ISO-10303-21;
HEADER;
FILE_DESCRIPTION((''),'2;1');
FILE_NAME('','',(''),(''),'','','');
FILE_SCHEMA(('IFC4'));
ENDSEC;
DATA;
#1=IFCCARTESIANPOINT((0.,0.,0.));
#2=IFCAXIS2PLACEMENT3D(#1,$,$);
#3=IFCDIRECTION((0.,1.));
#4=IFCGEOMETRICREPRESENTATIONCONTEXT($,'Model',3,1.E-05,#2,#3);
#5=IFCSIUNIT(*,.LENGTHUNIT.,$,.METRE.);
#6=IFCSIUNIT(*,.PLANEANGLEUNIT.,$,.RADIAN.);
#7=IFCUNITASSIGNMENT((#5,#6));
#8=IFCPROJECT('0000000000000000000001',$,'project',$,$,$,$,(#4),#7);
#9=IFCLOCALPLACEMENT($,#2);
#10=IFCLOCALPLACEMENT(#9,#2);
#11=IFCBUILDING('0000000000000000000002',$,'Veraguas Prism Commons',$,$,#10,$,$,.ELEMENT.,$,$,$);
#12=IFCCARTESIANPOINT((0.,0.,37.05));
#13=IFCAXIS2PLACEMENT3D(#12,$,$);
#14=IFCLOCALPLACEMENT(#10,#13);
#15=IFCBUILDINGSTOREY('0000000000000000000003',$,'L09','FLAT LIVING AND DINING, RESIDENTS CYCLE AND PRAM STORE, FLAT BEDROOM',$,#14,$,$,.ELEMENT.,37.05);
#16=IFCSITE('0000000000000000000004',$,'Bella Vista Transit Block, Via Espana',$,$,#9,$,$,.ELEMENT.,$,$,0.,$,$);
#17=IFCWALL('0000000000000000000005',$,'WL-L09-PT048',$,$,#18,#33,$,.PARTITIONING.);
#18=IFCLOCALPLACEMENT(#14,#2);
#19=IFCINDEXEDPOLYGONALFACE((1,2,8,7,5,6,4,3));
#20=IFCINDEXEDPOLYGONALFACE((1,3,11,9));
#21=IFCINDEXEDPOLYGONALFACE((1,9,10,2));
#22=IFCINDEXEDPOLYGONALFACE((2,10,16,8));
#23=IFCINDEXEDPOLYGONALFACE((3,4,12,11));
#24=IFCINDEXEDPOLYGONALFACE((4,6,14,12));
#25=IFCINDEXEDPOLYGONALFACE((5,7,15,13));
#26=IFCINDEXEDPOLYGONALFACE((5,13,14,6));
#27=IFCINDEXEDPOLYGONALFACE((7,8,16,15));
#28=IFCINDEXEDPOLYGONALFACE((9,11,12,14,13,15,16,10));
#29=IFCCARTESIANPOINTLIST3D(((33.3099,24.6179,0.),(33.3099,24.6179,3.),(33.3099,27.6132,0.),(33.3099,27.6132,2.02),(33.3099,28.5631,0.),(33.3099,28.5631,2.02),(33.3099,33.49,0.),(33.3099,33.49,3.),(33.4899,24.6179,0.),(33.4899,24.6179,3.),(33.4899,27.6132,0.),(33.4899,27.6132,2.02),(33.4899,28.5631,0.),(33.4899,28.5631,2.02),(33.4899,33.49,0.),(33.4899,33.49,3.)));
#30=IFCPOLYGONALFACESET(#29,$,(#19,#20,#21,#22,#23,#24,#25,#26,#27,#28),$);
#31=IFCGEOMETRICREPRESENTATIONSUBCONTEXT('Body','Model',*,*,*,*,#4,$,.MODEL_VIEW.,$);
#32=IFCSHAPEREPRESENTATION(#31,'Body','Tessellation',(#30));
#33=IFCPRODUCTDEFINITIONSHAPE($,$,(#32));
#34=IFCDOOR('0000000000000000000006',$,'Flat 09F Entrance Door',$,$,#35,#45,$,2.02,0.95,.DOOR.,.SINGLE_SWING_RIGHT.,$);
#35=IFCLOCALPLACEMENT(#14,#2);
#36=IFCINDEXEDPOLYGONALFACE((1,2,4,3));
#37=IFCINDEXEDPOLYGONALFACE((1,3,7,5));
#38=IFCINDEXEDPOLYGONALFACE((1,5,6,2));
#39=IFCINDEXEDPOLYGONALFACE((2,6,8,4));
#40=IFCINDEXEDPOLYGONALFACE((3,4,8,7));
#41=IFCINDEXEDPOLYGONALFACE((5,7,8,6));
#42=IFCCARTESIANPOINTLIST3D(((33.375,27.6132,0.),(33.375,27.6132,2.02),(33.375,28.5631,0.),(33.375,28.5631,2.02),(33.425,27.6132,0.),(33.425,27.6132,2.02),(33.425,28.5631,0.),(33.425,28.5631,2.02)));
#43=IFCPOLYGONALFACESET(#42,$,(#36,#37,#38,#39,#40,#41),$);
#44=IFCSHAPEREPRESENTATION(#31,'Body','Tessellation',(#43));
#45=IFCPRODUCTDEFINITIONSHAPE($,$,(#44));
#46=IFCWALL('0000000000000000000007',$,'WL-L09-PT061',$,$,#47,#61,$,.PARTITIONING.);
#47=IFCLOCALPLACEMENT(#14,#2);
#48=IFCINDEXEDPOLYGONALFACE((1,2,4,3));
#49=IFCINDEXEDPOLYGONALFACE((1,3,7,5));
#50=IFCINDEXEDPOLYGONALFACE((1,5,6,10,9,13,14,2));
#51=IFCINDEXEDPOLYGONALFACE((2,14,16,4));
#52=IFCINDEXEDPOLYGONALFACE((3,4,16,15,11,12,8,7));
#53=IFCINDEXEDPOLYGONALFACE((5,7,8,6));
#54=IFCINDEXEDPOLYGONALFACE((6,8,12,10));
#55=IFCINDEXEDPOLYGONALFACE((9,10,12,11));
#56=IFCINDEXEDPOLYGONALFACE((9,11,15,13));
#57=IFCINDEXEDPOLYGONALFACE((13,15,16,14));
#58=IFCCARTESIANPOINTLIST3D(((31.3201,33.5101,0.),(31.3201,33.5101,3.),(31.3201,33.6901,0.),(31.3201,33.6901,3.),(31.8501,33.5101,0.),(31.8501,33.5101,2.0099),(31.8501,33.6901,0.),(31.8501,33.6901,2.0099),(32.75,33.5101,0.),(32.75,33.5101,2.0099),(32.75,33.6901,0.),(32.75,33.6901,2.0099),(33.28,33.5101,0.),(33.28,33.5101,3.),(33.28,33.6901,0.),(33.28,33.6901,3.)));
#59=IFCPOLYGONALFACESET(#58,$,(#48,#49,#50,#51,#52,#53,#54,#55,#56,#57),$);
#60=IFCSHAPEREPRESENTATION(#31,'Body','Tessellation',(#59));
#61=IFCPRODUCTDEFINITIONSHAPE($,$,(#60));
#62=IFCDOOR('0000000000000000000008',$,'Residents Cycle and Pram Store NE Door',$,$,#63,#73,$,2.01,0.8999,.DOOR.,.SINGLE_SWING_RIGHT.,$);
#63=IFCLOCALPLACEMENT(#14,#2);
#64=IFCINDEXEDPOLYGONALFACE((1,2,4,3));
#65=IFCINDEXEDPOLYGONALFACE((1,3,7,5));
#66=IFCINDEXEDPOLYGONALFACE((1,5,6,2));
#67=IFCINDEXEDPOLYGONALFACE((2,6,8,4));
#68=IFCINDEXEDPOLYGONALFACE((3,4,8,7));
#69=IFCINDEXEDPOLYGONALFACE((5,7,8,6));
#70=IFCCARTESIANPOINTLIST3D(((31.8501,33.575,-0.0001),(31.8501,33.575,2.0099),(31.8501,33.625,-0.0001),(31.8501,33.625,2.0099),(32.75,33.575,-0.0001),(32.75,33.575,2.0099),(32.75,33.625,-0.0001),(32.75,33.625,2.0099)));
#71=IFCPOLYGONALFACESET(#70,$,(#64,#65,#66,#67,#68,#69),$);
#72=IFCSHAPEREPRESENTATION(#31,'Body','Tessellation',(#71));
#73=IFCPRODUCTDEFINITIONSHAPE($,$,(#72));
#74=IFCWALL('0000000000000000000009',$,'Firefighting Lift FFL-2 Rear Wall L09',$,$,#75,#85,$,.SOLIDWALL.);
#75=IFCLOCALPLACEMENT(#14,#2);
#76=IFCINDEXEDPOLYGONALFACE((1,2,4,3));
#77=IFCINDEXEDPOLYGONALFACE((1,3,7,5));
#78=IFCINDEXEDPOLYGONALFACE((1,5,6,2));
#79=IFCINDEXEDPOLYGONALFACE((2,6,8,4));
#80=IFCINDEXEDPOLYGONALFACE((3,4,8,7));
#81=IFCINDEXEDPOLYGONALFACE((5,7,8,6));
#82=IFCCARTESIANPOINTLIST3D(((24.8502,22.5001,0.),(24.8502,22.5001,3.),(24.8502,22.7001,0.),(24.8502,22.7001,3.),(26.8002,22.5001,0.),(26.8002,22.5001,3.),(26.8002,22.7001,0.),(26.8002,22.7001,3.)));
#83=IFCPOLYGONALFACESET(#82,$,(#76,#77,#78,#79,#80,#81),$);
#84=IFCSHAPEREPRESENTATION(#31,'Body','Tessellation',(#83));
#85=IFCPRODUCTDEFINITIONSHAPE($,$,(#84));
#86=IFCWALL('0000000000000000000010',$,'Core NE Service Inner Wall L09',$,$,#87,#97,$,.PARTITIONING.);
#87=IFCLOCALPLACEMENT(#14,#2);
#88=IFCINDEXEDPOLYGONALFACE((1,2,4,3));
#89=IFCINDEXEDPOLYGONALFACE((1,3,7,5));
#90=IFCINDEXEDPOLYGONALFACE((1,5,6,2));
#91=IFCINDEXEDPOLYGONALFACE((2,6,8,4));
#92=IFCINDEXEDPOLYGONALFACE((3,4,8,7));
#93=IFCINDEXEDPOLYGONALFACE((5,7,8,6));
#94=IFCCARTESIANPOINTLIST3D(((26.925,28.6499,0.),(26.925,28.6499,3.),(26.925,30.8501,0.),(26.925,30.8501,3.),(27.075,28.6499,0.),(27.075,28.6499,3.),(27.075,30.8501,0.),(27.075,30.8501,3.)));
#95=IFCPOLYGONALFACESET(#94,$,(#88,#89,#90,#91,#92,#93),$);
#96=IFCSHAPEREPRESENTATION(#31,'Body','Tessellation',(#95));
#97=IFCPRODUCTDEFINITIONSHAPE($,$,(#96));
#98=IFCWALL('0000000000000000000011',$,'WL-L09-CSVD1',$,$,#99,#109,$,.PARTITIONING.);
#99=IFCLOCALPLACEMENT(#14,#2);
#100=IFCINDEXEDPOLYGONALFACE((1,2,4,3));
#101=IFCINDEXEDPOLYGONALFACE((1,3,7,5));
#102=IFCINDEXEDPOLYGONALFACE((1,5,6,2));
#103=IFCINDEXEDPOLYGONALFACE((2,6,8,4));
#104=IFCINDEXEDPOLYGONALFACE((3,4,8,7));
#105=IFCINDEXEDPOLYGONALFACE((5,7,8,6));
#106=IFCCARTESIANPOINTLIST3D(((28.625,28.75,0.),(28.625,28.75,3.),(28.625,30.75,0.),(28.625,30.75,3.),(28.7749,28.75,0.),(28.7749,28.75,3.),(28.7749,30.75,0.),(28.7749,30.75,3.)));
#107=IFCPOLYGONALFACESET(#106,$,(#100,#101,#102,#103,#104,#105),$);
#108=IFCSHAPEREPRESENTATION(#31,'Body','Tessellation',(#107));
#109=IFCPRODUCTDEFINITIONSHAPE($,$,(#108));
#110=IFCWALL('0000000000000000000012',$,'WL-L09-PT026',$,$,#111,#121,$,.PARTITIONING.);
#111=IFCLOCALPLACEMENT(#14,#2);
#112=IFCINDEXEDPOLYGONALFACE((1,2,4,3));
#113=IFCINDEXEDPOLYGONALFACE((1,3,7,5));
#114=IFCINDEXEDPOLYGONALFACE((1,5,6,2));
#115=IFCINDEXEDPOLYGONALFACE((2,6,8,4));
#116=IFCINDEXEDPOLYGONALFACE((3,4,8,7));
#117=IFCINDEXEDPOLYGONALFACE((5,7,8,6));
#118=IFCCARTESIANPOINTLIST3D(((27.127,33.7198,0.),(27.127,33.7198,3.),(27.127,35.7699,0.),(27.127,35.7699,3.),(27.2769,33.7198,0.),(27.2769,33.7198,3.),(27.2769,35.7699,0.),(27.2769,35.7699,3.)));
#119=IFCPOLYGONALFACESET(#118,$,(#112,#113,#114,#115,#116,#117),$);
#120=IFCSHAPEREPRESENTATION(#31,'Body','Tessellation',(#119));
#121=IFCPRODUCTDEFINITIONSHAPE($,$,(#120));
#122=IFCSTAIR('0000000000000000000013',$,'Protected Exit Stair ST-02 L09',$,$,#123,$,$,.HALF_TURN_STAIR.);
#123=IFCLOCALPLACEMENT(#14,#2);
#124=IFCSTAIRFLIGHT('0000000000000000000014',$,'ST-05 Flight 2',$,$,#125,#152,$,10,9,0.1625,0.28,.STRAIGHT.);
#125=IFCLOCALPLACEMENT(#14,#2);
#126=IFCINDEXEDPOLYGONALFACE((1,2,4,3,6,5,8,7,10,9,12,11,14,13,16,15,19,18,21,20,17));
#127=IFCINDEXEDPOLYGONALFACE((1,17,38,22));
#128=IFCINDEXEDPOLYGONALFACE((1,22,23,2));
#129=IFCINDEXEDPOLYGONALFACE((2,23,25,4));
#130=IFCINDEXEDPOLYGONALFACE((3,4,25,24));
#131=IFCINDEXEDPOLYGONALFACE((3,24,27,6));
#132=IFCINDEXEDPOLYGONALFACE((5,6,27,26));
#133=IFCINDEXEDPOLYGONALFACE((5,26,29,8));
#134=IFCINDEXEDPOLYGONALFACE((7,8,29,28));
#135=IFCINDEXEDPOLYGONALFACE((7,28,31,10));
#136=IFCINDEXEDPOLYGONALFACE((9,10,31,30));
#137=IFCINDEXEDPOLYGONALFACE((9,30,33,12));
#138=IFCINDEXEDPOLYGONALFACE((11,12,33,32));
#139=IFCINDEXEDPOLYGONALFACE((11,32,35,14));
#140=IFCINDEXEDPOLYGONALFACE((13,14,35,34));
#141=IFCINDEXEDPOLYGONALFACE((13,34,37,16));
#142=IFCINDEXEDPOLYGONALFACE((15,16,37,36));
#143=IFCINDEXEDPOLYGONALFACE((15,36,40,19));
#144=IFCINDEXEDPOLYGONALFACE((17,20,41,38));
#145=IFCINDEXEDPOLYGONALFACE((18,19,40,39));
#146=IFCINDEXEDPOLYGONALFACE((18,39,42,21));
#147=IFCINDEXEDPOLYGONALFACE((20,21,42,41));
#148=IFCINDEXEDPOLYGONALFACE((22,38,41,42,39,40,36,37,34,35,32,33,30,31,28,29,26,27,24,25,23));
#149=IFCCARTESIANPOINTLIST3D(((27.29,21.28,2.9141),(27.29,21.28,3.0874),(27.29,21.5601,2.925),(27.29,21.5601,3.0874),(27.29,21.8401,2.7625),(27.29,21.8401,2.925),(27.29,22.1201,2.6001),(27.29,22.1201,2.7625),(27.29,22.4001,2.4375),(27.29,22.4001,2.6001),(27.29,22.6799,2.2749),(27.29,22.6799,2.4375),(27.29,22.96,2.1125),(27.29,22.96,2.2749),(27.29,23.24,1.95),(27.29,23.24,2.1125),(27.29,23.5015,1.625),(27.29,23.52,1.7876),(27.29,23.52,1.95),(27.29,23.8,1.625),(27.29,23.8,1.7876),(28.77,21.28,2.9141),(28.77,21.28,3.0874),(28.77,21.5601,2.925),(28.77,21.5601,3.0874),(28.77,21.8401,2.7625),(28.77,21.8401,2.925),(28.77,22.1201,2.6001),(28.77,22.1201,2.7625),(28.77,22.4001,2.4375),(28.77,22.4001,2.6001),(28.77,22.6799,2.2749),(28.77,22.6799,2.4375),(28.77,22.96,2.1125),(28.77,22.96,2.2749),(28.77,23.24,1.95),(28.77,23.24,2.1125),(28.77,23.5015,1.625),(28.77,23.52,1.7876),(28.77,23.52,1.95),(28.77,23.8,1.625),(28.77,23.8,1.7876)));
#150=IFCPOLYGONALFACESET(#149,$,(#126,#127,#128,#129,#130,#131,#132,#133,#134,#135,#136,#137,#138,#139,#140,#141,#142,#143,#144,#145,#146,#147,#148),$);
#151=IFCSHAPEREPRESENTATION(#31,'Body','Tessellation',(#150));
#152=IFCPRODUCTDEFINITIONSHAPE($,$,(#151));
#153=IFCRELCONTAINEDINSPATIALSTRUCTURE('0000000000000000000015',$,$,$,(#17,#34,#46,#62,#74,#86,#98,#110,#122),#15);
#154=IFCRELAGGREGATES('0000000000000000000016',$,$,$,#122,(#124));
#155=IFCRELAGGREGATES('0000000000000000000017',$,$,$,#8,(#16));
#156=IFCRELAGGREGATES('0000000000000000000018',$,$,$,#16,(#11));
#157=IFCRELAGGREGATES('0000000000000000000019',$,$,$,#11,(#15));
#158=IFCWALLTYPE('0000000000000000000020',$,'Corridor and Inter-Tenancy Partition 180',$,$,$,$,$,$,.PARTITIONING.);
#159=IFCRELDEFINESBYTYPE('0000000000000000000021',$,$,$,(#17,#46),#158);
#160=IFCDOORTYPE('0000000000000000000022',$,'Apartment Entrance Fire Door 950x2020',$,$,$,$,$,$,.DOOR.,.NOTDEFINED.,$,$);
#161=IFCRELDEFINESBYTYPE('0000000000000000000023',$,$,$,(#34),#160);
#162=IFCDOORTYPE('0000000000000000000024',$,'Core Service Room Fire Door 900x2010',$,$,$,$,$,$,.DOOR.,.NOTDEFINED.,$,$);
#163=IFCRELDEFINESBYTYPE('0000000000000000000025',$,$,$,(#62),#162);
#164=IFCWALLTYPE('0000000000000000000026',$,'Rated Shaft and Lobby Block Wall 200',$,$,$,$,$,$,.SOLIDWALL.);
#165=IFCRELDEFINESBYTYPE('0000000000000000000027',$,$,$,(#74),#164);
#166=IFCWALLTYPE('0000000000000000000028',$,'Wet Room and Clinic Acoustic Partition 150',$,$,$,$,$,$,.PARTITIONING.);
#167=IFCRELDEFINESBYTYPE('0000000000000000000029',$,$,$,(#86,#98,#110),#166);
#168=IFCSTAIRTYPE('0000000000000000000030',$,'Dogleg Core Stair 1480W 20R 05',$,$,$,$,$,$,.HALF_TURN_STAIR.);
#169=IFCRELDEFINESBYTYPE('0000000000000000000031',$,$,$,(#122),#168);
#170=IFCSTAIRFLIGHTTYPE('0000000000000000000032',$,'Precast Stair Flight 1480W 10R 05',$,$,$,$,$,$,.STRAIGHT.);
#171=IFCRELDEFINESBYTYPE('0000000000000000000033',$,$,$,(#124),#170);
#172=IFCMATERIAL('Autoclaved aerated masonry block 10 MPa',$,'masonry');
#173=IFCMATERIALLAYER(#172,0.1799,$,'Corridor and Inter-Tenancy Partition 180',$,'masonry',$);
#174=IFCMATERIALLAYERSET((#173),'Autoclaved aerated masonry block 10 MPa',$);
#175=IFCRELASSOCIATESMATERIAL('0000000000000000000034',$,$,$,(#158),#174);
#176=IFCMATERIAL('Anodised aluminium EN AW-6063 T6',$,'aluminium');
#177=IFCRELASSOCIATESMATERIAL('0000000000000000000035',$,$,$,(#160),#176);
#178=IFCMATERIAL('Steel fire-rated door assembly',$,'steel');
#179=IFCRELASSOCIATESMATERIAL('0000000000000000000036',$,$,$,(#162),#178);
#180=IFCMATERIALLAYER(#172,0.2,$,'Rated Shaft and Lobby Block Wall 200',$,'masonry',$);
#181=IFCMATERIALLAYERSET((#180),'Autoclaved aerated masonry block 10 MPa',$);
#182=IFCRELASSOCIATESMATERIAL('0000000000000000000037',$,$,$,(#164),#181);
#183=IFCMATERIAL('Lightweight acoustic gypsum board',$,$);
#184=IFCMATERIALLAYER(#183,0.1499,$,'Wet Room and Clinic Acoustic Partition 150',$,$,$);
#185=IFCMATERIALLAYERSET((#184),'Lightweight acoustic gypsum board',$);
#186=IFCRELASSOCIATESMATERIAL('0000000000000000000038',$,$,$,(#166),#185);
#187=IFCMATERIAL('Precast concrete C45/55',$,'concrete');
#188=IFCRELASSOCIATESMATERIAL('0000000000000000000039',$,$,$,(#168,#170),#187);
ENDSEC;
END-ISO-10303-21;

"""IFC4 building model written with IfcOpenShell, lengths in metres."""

from ifc_helpers import new_model, si_unit, direction, frame, frame_2d, origin, place, context, subcontext, project, spatial, polyline, rectangle, outline, extrude, source, transform, mapped, material, layer, layer_set, type_object, element, fill, aggregate, save


model = new_model("IFC4")

# Units and contexts
model_context = context("Model", 3, precision=1e-05, world=origin(), true_north=direction((0.0, 1.0)))
body_context = subcontext(model_context, "Body", "Model", "MODEL_VIEW")
ifc_project = project(units=[si_unit("LENGTHUNIT", "METRE"), si_unit("PLANEANGLEUNIT", "RADIAN")], contexts=[model_context])

# Site, building, storey
site_placement = place(None, origin())
site = spatial("IfcSite", under=ifc_project, at=site_placement, Name="Bella Vista Transit Block, Via Espana", CompositionType="ELEMENT", RefElevation=0.0)
building_placement = place(site_placement, origin())
building = spatial("IfcBuilding", under=site, at=building_placement, Name="Veraguas Prism Commons", CompositionType="ELEMENT")
storey_placement = place(building_placement, frame((0.0, 0.0, 37.05)))
storey = spatial("IfcBuildingStorey", under=building, at=storey_placement, Name="L09", Description="FLAT LIVING AND DINING, RESIDENTS CYCLE AND PRAM STORE, FLAT BEDROOM", CompositionType="ELEMENT", Elevation=37.05)

# Shared definitions
ifc_material_1 = material(Name="Steel fire-rated door assembly", Category="steel")

# Shared definitions
ifc_material_2 = material(Name="Autoclaved aerated masonry block 10 MPa", Category="masonry")
ifc_layer_1 = layer(ifc_material_2, 0.1799, Name="Corridor and Inter-Tenancy Partition 180", Category="masonry")
ifc_layer_set_1 = layer_set([ifc_layer_1], Name="Autoclaved aerated masonry block 10 MPa")
wall_type_1 = type_object("IfcWallType", Name="Corridor and Inter-Tenancy Partition 180", PredefinedType="PARTITIONING", material=ifc_layer_set_1)

# Walls, openings, doors
ifc_material_3 = material(Name="Anodised aluminium EN AW-6063 T6", Category="aluminium")
door_type_1 = type_object("IfcDoorType", Name="Apartment Entrance Fire Door 950x2020", OperationType="NOTDEFINED", PredefinedType="DOOR", material=ifc_material_3)
shared_shape_1 = source(origin(), body_context, "Body", "SweptSolid", [
    extrude(rectangle(XDim=0.95, YDim=2.02, at=frame_2d((0.4751, 1.01))), frame((0.0, 0.0249, 0.0), z_axis=(0.0, -1.0, 0.0), x_axis=(1.0, 0.0, 0.0)), (0.0, 0.0, 1.0), 0.05),
])
wall_1_placement = place(storey_placement, frame((33.3999, 24.6179, 0.0), z_axis=(0.0, 0.0, 1.0), x_axis=(0.0, 1.0, 0.0)))
wall_1 = element("IfcWall", 1, at=wall_1_placement, inside=storey, type_object=wall_type_1, Name="WL-L09-PT048", PredefinedType="PARTITIONING", context=body_context, shape_type="SweptSolid", body=[
    extrude(rectangle(XDim=8.8721, YDim=0.1799, at=frame_2d((4.436, 0.0))), origin(), (0.0, 0.0, 1.0), 3.0),
])
opening_1_placement = place(wall_1_placement, frame((2.9951, 0.0, 0.0)))
opening_1 = element("IfcOpeningElement", 2, at=opening_1_placement, cuts=wall_1, PredefinedType="OPENING", context=body_context, shape_type="SweptSolid", body=[
    extrude(rectangle(XDim=0.95, YDim=2.02, at=frame_2d((0.4751, 1.01))), frame((0.0, 0.0999, 0.0), z_axis=(0.0, -1.0, 0.0), x_axis=(1.0, 0.0, 0.0)), (0.0, 0.0, 1.0), 0.2),
])
door_1_placement = place(opening_1_placement, origin())
door_1 = element("IfcDoor", 3, at=door_1_placement, inside=storey, type_object=door_type_1, Name="Flat 09F Entrance Door", OperationType="SINGLE_SWING_RIGHT", OverallHeight=2.02, OverallWidth=0.95, PredefinedType="DOOR", context=body_context, shape_type="MappedRepresentation", body=[
    mapped(shared_shape_1, transform((0.0, 0.0, 0.0), scale=1.0)),
])
fill(opening_1, door_1)
wall_2_placement = place(storey_placement, frame((31.3201, 33.6001, 0.0), z_axis=(0.0, 0.0, 1.0), x_axis=(1.0, 0.0, 0.0)))
wall_2 = element("IfcWall", 4, at=wall_2_placement, inside=storey, type_object=wall_type_1, Name="WL-L09-PT061", PredefinedType="PARTITIONING", context=body_context, shape_type="SweptSolid", body=[
    extrude(rectangle(XDim=1.96, YDim=0.1799, at=frame_2d((0.98, 0.0))), origin(), (0.0, 0.0, 1.0), 3.0),
])
opening_2_placement = place(wall_2_placement, frame((0.53, 0.0, 0.0)))
opening_2 = element("IfcOpeningElement", 5, at=opening_2_placement, cuts=wall_2, PredefinedType="OPENING", context=body_context, shape_type="SweptSolid", body=[
    extrude(rectangle(XDim=0.8999, YDim=2.01, at=frame_2d((0.45, 1.0049))), frame((0.0, 0.0999, 0.0), z_axis=(0.0, -1.0, 0.0), x_axis=(1.0, 0.0, 0.0)), (0.0, 0.0, 1.0), 0.2),
])
door_type_2 = type_object("IfcDoorType", Name="Core Service Room Fire Door 900x2010", OperationType="NOTDEFINED", PredefinedType="DOOR", material=ifc_material_1)
shared_shape_2 = source(origin(), body_context, "Body", "SweptSolid", [
    extrude(rectangle(XDim=0.8999, YDim=2.01, at=frame_2d((0.45, 1.0049))), frame((0.0, 0.0249, 0.0), z_axis=(0.0, -1.0, 0.0), x_axis=(1.0, 0.0, 0.0)), (0.0, 0.0, 1.0), 0.05),
])
door_2_placement = place(opening_2_placement, origin())
door_2 = element("IfcDoor", 6, at=door_2_placement, inside=storey, type_object=door_type_2, Name="Residents Cycle and Pram Store NE Door", OperationType="SINGLE_SWING_RIGHT", OverallHeight=2.01, OverallWidth=0.8999, PredefinedType="DOOR", context=body_context, shape_type="MappedRepresentation", body=[
    mapped(shared_shape_2, transform((0.0, 0.0, 0.0), scale=1.0)),
])
fill(opening_2, door_2)

# Walls
ifc_layer_2 = layer(ifc_material_2, 0.2, Name="Rated Shaft and Lobby Block Wall 200", Category="masonry")
ifc_layer_set_2 = layer_set([ifc_layer_2], Name="Autoclaved aerated masonry block 10 MPa")
wall_type_2 = type_object("IfcWallType", Name="Rated Shaft and Lobby Block Wall 200", PredefinedType="SOLIDWALL", material=ifc_layer_set_2)
wall_3_placement = place(storey_placement, frame((24.8501, 22.6001, 0.0), z_axis=(0.0, 0.0, 1.0), x_axis=(1.0, 0.0, 0.0)))
element("IfcWall", 7, at=wall_3_placement, inside=storey, type_object=wall_type_2, Name="Firefighting Lift FFL-2 Rear Wall L09", PredefinedType="SOLIDWALL", context=body_context, shape_type="SweptSolid", body=[
    extrude(rectangle(XDim=1.95, YDim=0.2, at=frame_2d((0.9751, 0.0))), origin(), (0.0, 0.0, 1.0), 3.0),
])
ifc_material_4 = material(Name="Lightweight acoustic gypsum board")
ifc_layer_3 = layer(ifc_material_4, 0.1499, Name="Wet Room and Clinic Acoustic Partition 150")
ifc_layer_set_3 = layer_set([ifc_layer_3], Name="Lightweight acoustic gypsum board")
wall_type_3 = type_object("IfcWallType", Name="Wet Room and Clinic Acoustic Partition 150", PredefinedType="PARTITIONING", material=ifc_layer_set_3)
wall_4_placement = place(storey_placement, frame((27.0, 28.6499, 0.0), z_axis=(0.0, 0.0, 1.0), x_axis=(0.0, 1.0, 0.0)))
element("IfcWall", 8, at=wall_4_placement, inside=storey, type_object=wall_type_3, Name="Core NE Service Inner Wall L09", PredefinedType="PARTITIONING", context=body_context, shape_type="SweptSolid", body=[
    extrude(rectangle(XDim=2.2002, YDim=0.1499, at=frame_2d((1.1001, 0.0))), origin(), (0.0, 0.0, 1.0), 3.0),
])
wall_5_placement = place(storey_placement, frame((28.7, 28.75, 0.0), z_axis=(0.0, 0.0, 1.0), x_axis=(0.0, 1.0, 0.0)))
element("IfcWall", 9, at=wall_5_placement, inside=storey, type_object=wall_type_3, Name="WL-L09-CSVD1", PredefinedType="PARTITIONING", context=body_context, shape_type="SweptSolid", body=[
    extrude(rectangle(XDim=2.0, YDim=0.1499, at=frame_2d((1.0, 0.0))), origin(), (0.0, 0.0, 1.0), 3.0),
])
wall_6_placement = place(storey_placement, frame((27.2019, 33.72, 0.0), z_axis=(0.0, 0.0, 1.0), x_axis=(0.0, 1.0, 0.0)))
element("IfcWall", 10, at=wall_6_placement, inside=storey, type_object=wall_type_3, Name="WL-L09-PT026", PredefinedType="PARTITIONING", context=body_context, shape_type="SweptSolid", body=[
    extrude(rectangle(XDim=2.05, YDim=0.1499, at=frame_2d((1.0249, 0.0))), origin(), (0.0, 0.0, 1.0), 3.0),
])

# Stair, stair flight
ifc_material_5 = material(Name="Precast concrete C45/55", Category="concrete")
stair_type = type_object("IfcStairType", Name="Dogleg Core Stair 1480W 20R 05", PredefinedType="HALF_TURN_STAIR", material=ifc_material_5)
stair_placement = place(storey_placement, origin())
stair = element("IfcStair", 11, at=stair_placement, inside=storey, type_object=stair_type, Name="Protected Exit Stair ST-02 L09", PredefinedType="HALF_TURN_STAIR")
stair_flight_type = type_object("IfcStairFlightType", Name="Precast Stair Flight 1480W 10R 05", PredefinedType="STRAIGHT", material=ifc_material_5)
stair_flight_placement = place(storey_placement, frame((28.03, 23.8, 1.625), z_axis=(0.0, 0.0, 1.0), x_axis=(0.0, -1.0, 0.0)))
stair_flight = element("IfcStairFlight", 12, at=stair_flight_placement, type_object=stair_flight_type, Name="ST-05 Flight 2", NumberOfRisers=10, NumberOfTreads=9, PredefinedType="STRAIGHT", RiserHeight=0.1625, TreadLength=0.28, context=body_context, shape_type="SweptSolid", body=[
    extrude(outline(polyline([(0.0, 0.0), (0.0, 0.1626), (0.28, 0.1626), (0.28, 0.325), (0.5601, 0.325), (0.5601, 0.4875), (0.8401, 0.4875), (0.8401, 0.6499), (1.1201, 0.6499), (1.1201, 0.8125), (1.3999, 0.8125), (1.3999, 0.9751), (1.6799, 0.9751), (1.6799, 1.1375), (1.96, 1.1375), (1.96, 1.3), (2.24, 1.3), (2.24, 1.4624), (2.52, 1.4624), (2.52, 1.625), (2.52, 1.2891), (0.2986, 0.0), (0.0, 0.0)])), frame((0.0, 0.74, 0.0), z_axis=(0.0, -1.0, 0.0), x_axis=(1.0, 0.0, 0.0)), (0.0, 0.0, 1.0), 1.48),
])
aggregate(stair, [stair_flight])

save(model, "model.ifc")
